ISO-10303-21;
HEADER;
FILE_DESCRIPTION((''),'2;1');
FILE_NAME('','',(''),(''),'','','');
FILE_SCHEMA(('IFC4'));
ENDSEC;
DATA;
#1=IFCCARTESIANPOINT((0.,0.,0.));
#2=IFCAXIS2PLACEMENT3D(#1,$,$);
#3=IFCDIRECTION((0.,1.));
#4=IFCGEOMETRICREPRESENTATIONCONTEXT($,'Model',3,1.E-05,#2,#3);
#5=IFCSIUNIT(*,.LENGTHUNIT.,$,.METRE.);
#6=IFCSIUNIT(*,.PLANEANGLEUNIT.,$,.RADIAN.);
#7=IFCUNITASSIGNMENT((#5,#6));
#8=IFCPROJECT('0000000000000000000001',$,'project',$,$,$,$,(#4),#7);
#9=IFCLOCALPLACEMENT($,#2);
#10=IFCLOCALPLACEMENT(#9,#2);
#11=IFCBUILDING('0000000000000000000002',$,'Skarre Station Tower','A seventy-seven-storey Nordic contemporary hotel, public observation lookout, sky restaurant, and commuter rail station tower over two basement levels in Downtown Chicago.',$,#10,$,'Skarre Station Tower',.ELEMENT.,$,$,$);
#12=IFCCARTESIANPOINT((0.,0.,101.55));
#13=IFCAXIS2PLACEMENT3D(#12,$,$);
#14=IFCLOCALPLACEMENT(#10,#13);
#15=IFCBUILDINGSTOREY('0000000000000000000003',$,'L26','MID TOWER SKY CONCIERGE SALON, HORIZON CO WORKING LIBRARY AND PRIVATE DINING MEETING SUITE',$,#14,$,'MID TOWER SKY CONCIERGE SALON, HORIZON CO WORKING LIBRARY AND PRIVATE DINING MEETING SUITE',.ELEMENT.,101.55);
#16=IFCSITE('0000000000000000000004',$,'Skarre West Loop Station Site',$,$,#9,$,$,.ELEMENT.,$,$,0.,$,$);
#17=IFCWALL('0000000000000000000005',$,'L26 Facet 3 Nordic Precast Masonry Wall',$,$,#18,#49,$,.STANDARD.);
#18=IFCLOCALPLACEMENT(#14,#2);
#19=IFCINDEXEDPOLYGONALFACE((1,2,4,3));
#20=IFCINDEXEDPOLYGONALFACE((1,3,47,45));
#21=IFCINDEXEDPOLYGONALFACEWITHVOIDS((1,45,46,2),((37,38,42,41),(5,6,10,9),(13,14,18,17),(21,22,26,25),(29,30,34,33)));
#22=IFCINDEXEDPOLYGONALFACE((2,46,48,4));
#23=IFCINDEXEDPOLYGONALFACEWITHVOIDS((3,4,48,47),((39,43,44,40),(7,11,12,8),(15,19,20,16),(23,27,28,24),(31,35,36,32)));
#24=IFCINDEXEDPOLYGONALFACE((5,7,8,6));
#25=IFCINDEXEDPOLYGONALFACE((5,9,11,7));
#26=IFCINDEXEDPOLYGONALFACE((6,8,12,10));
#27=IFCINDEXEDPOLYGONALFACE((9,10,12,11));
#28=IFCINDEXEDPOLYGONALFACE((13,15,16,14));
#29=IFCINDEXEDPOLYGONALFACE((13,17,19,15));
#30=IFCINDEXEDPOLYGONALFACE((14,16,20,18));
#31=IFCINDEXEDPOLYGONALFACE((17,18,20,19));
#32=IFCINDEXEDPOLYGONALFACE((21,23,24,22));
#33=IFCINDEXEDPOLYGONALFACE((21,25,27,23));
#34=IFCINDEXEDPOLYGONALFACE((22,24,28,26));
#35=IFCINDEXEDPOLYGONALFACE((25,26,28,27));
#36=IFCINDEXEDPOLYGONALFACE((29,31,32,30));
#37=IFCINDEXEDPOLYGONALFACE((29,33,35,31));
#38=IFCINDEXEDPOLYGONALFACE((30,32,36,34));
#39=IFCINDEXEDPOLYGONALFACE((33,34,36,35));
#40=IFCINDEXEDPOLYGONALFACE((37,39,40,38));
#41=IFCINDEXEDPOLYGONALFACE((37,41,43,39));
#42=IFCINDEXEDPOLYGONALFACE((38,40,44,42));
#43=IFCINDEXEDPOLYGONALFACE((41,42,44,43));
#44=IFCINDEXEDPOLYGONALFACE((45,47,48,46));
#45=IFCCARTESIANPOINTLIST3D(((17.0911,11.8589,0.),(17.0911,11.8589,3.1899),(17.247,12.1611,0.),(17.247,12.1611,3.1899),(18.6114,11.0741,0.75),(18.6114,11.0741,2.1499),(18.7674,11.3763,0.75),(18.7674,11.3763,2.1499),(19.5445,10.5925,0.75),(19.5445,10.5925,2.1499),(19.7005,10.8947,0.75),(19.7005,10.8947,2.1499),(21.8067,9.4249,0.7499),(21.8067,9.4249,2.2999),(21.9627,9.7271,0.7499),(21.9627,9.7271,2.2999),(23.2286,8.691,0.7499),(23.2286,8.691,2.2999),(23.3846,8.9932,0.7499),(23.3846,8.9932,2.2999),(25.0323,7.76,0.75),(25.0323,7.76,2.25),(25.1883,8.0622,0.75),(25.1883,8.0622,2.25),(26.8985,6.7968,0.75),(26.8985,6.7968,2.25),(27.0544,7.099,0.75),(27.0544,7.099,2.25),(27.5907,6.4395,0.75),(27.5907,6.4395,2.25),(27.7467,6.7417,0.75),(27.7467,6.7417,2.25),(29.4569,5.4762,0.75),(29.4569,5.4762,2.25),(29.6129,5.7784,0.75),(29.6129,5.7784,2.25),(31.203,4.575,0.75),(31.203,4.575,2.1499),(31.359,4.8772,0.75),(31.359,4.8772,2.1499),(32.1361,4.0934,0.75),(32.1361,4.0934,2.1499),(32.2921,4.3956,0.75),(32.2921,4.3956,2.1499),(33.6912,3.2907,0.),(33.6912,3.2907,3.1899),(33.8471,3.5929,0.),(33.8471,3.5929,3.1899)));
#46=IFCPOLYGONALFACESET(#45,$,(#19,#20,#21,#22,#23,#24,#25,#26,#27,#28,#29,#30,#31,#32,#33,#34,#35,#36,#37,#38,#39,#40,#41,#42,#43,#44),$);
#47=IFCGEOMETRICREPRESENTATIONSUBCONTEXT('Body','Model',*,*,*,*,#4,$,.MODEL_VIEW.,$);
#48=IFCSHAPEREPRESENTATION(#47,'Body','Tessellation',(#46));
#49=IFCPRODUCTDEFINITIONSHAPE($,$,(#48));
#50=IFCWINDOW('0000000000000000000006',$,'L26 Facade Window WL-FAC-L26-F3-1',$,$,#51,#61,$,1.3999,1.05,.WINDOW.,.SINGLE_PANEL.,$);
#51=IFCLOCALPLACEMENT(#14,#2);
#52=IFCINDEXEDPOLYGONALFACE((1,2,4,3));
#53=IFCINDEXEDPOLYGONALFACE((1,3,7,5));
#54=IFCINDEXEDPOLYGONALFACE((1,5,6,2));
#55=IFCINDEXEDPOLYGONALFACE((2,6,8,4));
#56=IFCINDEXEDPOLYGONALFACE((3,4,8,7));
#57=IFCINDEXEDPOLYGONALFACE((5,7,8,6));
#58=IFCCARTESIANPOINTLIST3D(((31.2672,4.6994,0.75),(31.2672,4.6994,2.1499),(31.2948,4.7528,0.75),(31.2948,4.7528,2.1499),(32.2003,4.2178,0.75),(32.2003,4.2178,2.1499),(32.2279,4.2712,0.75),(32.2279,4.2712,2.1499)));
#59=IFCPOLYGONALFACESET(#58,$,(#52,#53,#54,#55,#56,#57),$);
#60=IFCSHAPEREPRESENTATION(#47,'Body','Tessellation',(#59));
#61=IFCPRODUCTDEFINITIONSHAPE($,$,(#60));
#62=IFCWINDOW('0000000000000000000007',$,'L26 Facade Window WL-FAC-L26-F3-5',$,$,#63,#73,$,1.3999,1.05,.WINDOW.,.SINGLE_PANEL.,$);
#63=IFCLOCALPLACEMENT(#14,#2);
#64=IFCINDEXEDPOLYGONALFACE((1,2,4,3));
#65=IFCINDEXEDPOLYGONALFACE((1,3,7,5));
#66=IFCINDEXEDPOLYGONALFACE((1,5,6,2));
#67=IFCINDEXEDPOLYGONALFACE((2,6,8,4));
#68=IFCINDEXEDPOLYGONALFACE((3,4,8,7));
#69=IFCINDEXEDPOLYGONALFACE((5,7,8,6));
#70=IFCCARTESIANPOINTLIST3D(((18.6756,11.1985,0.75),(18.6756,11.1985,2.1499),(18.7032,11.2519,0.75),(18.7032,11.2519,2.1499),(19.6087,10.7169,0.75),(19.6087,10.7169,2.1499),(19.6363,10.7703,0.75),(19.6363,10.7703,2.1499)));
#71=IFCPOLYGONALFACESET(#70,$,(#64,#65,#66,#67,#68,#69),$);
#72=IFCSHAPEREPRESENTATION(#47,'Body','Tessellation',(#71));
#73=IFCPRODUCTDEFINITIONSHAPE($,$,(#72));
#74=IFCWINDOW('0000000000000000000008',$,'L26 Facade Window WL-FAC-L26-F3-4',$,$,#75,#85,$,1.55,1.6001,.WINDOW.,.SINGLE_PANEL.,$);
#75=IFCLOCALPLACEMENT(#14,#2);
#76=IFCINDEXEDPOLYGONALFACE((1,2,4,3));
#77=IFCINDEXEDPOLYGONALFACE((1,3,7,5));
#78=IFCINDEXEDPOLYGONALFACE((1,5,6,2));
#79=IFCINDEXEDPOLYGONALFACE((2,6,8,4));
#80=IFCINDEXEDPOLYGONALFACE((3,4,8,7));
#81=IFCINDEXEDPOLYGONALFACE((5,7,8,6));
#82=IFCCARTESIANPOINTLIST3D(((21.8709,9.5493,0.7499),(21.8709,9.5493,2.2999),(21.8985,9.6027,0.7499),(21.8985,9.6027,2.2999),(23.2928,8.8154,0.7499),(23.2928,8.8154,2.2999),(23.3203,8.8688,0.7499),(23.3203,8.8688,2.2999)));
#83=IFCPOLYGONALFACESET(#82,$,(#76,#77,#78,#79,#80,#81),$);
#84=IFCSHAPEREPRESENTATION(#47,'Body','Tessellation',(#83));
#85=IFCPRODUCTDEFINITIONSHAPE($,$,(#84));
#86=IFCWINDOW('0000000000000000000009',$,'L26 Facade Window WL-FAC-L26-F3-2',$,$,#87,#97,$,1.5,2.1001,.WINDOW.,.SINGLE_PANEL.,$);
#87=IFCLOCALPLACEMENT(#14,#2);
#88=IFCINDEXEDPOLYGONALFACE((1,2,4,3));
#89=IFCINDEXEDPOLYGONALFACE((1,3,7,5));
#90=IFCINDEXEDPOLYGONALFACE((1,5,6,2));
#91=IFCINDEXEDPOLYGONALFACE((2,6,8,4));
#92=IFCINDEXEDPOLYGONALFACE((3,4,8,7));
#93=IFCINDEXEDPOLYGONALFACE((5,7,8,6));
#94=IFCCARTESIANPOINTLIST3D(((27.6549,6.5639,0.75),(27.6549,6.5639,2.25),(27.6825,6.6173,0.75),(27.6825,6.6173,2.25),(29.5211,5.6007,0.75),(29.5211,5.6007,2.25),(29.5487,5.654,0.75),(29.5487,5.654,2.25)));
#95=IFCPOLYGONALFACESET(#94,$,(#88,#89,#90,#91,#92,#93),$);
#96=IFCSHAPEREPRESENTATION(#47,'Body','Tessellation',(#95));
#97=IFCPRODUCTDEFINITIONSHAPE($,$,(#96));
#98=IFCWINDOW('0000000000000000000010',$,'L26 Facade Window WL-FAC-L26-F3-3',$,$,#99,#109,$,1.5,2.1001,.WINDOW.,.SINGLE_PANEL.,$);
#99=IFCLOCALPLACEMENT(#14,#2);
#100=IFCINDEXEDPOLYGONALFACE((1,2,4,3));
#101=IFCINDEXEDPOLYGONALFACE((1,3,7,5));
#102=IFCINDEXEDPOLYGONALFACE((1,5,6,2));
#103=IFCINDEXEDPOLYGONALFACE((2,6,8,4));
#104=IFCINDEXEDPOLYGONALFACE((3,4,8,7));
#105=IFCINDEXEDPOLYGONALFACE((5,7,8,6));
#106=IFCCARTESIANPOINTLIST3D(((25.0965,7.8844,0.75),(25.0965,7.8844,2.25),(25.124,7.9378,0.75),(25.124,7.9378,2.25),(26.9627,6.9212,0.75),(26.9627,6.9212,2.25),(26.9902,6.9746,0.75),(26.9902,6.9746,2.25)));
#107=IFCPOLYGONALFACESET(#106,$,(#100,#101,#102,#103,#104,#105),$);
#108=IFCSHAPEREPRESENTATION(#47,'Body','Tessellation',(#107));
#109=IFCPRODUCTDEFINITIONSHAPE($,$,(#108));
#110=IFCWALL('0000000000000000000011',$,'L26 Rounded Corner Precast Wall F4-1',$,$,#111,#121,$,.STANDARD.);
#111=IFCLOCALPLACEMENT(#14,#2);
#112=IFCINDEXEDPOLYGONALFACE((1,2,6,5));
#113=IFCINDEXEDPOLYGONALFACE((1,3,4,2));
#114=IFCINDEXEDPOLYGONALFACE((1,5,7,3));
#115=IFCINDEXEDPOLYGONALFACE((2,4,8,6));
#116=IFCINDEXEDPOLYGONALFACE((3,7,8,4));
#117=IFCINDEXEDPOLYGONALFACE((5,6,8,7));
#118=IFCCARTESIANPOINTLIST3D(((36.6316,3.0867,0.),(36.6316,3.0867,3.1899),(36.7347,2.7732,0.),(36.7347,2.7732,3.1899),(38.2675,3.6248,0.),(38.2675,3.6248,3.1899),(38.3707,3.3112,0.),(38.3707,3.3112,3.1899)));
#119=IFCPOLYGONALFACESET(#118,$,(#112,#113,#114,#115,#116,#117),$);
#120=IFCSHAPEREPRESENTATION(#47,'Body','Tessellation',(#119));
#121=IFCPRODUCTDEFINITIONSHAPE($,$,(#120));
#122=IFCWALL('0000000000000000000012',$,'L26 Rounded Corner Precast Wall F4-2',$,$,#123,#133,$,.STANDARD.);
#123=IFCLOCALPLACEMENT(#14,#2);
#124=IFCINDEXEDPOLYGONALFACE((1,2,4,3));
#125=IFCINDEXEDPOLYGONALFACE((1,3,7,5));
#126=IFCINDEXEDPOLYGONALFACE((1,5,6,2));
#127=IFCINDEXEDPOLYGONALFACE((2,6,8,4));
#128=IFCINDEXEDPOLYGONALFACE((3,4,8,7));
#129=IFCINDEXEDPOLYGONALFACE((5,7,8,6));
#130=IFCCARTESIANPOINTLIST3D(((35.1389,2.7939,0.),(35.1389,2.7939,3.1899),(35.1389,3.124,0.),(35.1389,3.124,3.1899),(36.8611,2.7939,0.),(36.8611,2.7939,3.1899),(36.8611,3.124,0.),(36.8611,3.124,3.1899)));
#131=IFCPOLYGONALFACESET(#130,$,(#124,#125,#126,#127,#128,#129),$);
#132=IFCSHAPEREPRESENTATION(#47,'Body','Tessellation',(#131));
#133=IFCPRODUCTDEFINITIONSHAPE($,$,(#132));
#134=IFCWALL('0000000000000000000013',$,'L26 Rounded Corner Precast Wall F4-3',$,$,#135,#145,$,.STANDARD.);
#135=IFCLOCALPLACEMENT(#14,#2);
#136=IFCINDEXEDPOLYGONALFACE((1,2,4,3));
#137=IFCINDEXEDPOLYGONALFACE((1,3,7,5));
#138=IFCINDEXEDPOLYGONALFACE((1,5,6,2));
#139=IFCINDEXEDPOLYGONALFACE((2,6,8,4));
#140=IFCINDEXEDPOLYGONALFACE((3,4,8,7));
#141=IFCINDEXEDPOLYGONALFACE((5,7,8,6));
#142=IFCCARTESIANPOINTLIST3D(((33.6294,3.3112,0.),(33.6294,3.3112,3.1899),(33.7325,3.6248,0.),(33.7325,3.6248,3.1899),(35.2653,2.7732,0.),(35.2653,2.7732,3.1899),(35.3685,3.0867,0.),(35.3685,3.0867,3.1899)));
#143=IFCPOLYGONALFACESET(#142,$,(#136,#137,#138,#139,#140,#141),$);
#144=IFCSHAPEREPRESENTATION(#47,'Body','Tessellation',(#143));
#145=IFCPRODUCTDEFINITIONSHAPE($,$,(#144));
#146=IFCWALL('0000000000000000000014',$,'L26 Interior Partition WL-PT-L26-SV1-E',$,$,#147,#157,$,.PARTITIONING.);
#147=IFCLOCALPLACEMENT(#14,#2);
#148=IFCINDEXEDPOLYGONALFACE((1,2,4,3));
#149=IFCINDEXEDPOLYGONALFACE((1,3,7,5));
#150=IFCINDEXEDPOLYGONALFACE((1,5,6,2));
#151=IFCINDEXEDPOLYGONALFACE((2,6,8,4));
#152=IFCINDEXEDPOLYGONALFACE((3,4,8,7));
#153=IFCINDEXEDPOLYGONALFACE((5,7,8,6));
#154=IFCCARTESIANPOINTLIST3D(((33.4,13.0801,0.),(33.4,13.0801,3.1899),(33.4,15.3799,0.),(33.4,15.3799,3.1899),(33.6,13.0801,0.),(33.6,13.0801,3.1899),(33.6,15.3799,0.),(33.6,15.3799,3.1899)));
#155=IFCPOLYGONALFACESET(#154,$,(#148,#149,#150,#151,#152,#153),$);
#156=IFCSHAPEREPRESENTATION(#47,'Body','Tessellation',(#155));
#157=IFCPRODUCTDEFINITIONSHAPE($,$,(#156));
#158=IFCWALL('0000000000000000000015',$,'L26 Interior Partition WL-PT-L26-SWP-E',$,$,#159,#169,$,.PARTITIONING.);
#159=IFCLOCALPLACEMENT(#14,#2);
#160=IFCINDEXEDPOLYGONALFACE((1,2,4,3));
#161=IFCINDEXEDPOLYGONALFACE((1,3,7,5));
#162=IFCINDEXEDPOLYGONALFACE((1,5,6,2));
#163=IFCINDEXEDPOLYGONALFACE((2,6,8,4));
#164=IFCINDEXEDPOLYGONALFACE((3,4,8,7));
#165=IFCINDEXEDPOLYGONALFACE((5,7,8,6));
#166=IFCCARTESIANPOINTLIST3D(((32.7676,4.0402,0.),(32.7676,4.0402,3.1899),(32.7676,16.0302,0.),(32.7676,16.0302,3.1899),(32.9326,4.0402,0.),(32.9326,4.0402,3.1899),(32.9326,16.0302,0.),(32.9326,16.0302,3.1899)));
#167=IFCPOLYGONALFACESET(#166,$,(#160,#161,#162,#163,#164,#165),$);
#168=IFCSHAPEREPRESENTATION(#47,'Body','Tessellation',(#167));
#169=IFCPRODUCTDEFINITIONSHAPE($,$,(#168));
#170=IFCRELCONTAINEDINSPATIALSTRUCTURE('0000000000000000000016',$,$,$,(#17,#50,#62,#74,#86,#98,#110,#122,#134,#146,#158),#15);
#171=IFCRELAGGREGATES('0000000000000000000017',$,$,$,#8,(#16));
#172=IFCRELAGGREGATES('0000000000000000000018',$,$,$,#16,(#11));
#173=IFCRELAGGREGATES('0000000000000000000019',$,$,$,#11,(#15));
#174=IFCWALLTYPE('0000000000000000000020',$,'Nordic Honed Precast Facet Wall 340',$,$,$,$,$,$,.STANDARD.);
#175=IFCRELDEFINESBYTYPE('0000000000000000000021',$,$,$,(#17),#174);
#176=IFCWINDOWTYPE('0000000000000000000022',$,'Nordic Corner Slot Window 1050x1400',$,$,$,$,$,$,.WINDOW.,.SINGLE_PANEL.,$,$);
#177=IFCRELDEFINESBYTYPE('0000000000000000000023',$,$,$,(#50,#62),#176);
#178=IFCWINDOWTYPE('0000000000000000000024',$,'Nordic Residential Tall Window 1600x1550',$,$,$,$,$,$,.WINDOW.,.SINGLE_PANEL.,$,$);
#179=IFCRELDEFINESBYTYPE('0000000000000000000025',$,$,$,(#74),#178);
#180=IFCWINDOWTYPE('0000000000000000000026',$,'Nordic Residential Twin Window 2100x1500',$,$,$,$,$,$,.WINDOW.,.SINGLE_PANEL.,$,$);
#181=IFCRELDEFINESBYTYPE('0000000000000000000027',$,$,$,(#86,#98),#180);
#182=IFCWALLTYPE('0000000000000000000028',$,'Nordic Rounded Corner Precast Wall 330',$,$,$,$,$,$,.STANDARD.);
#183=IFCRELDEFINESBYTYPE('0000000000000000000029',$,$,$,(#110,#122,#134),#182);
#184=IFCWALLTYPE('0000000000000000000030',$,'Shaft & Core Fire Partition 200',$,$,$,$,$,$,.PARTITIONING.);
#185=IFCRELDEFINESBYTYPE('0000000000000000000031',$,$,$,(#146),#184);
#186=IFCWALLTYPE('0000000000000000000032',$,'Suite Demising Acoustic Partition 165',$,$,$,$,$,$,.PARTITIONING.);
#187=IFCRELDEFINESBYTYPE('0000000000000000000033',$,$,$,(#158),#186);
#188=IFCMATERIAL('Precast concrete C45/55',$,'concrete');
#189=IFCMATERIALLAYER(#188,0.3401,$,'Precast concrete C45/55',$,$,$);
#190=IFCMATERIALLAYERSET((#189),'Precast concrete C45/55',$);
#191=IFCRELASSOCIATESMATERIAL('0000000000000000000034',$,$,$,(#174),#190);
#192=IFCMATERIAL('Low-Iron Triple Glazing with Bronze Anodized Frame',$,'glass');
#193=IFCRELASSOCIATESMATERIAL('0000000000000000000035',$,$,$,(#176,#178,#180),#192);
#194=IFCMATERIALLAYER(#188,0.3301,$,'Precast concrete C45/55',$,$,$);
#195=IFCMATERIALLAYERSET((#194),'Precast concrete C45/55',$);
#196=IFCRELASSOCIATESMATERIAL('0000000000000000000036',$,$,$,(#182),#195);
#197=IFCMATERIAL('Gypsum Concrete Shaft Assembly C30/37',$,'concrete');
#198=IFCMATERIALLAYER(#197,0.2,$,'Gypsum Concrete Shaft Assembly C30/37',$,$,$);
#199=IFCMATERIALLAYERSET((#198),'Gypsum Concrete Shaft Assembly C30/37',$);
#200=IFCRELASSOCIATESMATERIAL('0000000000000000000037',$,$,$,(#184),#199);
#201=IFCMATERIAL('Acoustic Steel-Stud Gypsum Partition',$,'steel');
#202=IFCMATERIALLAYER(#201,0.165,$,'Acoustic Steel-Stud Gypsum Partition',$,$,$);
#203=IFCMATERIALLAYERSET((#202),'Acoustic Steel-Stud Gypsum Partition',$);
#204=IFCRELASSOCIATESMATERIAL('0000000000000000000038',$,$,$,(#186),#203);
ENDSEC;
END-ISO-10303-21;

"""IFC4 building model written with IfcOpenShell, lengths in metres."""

from ifc_helpers import new_model, si_unit, direction, frame, frame_2d, origin, place, context, subcontext, project, spatial, rectangle, extrude, material, layer, layer_set, type_object, element, fill, save


model = new_model("IFC4")

# Units and contexts
model_context = context("Model", 3, precision=1e-05, world=origin(), true_north=direction((0.0, 1.0)))
body_context = subcontext(model_context, "Body", "Model", "MODEL_VIEW")
ifc_project = project(units=[si_unit("LENGTHUNIT", "METRE"), si_unit("PLANEANGLEUNIT", "RADIAN")], contexts=[model_context])

# Site, building, storey
site_placement = place(None, origin())
site = spatial("IfcSite", under=ifc_project, at=site_placement, Name="Skarre West Loop Station Site", CompositionType="ELEMENT", RefElevation=0.0)
building_placement = place(site_placement, origin())
building = spatial("IfcBuilding", under=site, at=building_placement, Name="Skarre Station Tower", Description="A seventy-seven-storey Nordic contemporary hotel, public observation lookout, sky restaurant, and commuter rail station tower over two basement levels in Downtown Chicago.", LongName="Skarre Station Tower", CompositionType="ELEMENT")
storey_placement = place(building_placement, frame((0.0, 0.0, 101.55)))
storey = spatial("IfcBuildingStorey", under=building, at=storey_placement, Name="L26", Description="MID TOWER SKY CONCIERGE SALON, HORIZON CO WORKING LIBRARY AND PRIVATE DINING MEETING SUITE", LongName="MID TOWER SKY CONCIERGE SALON, HORIZON CO WORKING LIBRARY AND PRIVATE DINING MEETING SUITE", CompositionType="ELEMENT", Elevation=101.55)

# Wall, openings, windows
ifc_material_1 = material(Name="Precast concrete C45/55", Category="concrete")
ifc_layer_1 = layer(ifc_material_1, 0.3401, Name="Precast concrete C45/55")
ifc_layer_set_1 = layer_set([ifc_layer_1], Name="Precast concrete C45/55")
wall_type_1 = type_object("IfcWallType", Name="Nordic Honed Precast Facet Wall 340", PredefinedType="STANDARD", material=ifc_layer_set_1)
wall_1_placement = place(storey_placement, frame((33.769, 3.4419, 0.0), z_axis=(0.0, 0.0, 1.0), x_axis=(-0.888614, 0.458657, 0.0)))
wall_1 = element("IfcWall", 1, at=wall_1_placement, inside=storey, type_object=wall_type_1, Name="L26 Facet 3 Nordic Precast Masonry Wall", PredefinedType="STANDARD", context=body_context, shape_type="SweptSolid", body=[
    extrude(rectangle(XDim=18.6809, YDim=0.3401, at=frame_2d((9.3403, 0.0))), origin(), (0.0, 0.0, 1.0), 3.1899),
])
opening_1_placement = place(wall_1_placement, frame((1.75, 0.0, 0.75)))
opening_1 = element("IfcOpeningElement", 2, at=opening_1_placement, cuts=wall_1, PredefinedType="OPENING", context=body_context, shape_type="SweptSolid", body=[
    extrude(rectangle(XDim=1.05, YDim=1.3999, at=frame_2d((0.5249, 0.7))), frame((0.0, 0.1799, 0.0), z_axis=(0.0, -1.0, 0.0), x_axis=(1.0, 0.0, 0.0)), (0.0, 0.0, 1.0), 0.3601),
])
opening_2_placement = place(wall_1_placement, frame((4.7649, 0.0, 0.75)))
opening_2 = element("IfcOpeningElement", 3, at=opening_2_placement, cuts=wall_1, PredefinedType="OPENING", context=body_context, shape_type="SweptSolid", body=[
    extrude(rectangle(XDim=2.1001, YDim=1.5, at=frame_2d((1.05, 0.75))), frame((0.0, 0.1799, 0.0), z_axis=(0.0, -1.0, 0.0), x_axis=(1.0, 0.0, 0.0)), (0.0, 0.0, 1.0), 0.3601),
])
opening_3_placement = place(wall_1_placement, frame((7.644, 0.0, 0.75)))
opening_3 = element("IfcOpeningElement", 4, at=opening_3_placement, cuts=wall_1, PredefinedType="OPENING", context=body_context, shape_type="SweptSolid", body=[
    extrude(rectangle(XDim=2.1001, YDim=1.5, at=frame_2d((1.05, 0.75))), frame((0.0, 0.1799, 0.0), z_axis=(0.0, -1.0, 0.0), x_axis=(1.0, 0.0, 0.0)), (0.0, 0.0, 1.0), 0.3601),
])
opening_4_placement = place(wall_1_placement, frame((11.7739, 0.0, 0.75)))
opening_4 = element("IfcOpeningElement", 5, at=opening_4_placement, cuts=wall_1, PredefinedType="OPENING", context=body_context, shape_type="SweptSolid", body=[
    extrude(rectangle(XDim=1.6001, YDim=1.55, at=frame_2d((0.8, 0.7749))), frame((0.0, 0.1799, 0.0), z_axis=(0.0, -1.0, 0.0), x_axis=(1.0, 0.0, 0.0)), (0.0, 0.0, 1.0), 0.3601),
])
opening_5_placement = place(wall_1_placement, frame((15.9199, 0.0, 0.75)))
opening_5 = element("IfcOpeningElement", 6, at=opening_5_placement, cuts=wall_1, PredefinedType="OPENING", context=body_context, shape_type="SweptSolid", body=[
    extrude(rectangle(XDim=1.05, YDim=1.3999, at=frame_2d((0.5249, 0.7))), frame((0.0, 0.1799, 0.0), z_axis=(0.0, -1.0, 0.0), x_axis=(1.0, 0.0, 0.0)), (0.0, 0.0, 1.0), 0.3601),
])
ifc_material_2 = material(Name="Low-Iron Triple Glazing with Bronze Anodized Frame", Category="glass")
window_type_1 = type_object("IfcWindowType", Name="Nordic Corner Slot Window 1050x1400", PartitioningType="SINGLE_PANEL", PredefinedType="WINDOW", material=ifc_material_2)
window_1_placement = place(opening_1_placement, origin())
window_1 = element("IfcWindow", 7, at=window_1_placement, inside=storey, type_object=window_type_1, Name="L26 Facade Window WL-FAC-L26-F3-1", OverallHeight=1.3999, OverallWidth=1.05, PartitioningType="SINGLE_PANEL", PredefinedType="WINDOW", context=body_context, shape_type="SweptSolid", body=[
    extrude(rectangle(XDim=1.05, YDim=1.3999, at=frame_2d((0.5249, 0.7))), frame((0.0, 0.03, 0.0), z_axis=(0.0, -1.0, 0.0), x_axis=(1.0, 0.0, 0.0)), (0.0, 0.0, 1.0), 0.0601),
])
fill(opening_1, window_1)
window_2_placement = place(opening_5_placement, origin())
window_2 = element("IfcWindow", 8, at=window_2_placement, inside=storey, type_object=window_type_1, Name="L26 Facade Window WL-FAC-L26-F3-5", OverallHeight=1.3999, OverallWidth=1.05, PartitioningType="SINGLE_PANEL", PredefinedType="WINDOW", context=body_context, shape_type="SweptSolid", body=[
    extrude(rectangle(XDim=1.05, YDim=1.3999, at=frame_2d((0.5249, 0.7))), frame((0.0, 0.03, 0.0), z_axis=(0.0, -1.0, 0.0), x_axis=(1.0, 0.0, 0.0)), (0.0, 0.0, 1.0), 0.0601),
])
fill(opening_5, window_2)
window_type_2 = type_object("IfcWindowType", Name="Nordic Residential Tall Window 1600x1550", PartitioningType="SINGLE_PANEL", PredefinedType="WINDOW", material=ifc_material_2)
window_3_placement = place(opening_4_placement, origin())
window_3 = element("IfcWindow", 9, at=window_3_placement, inside=storey, type_object=window_type_2, Name="L26 Facade Window WL-FAC-L26-F3-4", OverallHeight=1.55, OverallWidth=1.6001, PartitioningType="SINGLE_PANEL", PredefinedType="WINDOW", context=body_context, shape_type="SweptSolid", body=[
    extrude(rectangle(XDim=1.6001, YDim=1.55, at=frame_2d((0.8, 0.7749))), frame((0.0, 0.03, 0.0), z_axis=(0.0, -1.0, 0.0), x_axis=(1.0, 0.0, 0.0)), (0.0, 0.0, 1.0), 0.0601),
])
fill(opening_4, window_3)
window_type_3 = type_object("IfcWindowType", Name="Nordic Residential Twin Window 2100x1500", PartitioningType="SINGLE_PANEL", PredefinedType="WINDOW", material=ifc_material_2)
window_4_placement = place(opening_2_placement, origin())
window_4 = element("IfcWindow", 10, at=window_4_placement, inside=storey, type_object=window_type_3, Name="L26 Facade Window WL-FAC-L26-F3-2", OverallHeight=1.5, OverallWidth=2.1001, PartitioningType="SINGLE_PANEL", PredefinedType="WINDOW", context=body_context, shape_type="SweptSolid", body=[
    extrude(rectangle(XDim=2.1001, YDim=1.5, at=frame_2d((1.05, 0.75))), frame((0.0, 0.03, 0.0), z_axis=(0.0, -1.0, 0.0), x_axis=(1.0, 0.0, 0.0)), (0.0, 0.0, 1.0), 0.0601),
])
fill(opening_2, window_4)
window_5_placement = place(opening_3_placement, origin())
window_5 = element("IfcWindow", 11, at=window_5_placement, inside=storey, type_object=window_type_3, Name="L26 Facade Window WL-FAC-L26-F3-3", OverallHeight=1.5, OverallWidth=2.1001, PartitioningType="SINGLE_PANEL", PredefinedType="WINDOW", context=body_context, shape_type="SweptSolid", body=[
    extrude(rectangle(XDim=2.1001, YDim=1.5, at=frame_2d((1.05, 0.75))), frame((0.0, 0.03, 0.0), z_axis=(0.0, -1.0, 0.0), x_axis=(1.0, 0.0, 0.0)), (0.0, 0.0, 1.0), 0.0601),
])
fill(opening_3, window_5)

# Walls
ifc_layer_2 = layer(ifc_material_1, 0.3301, Name="Precast concrete C45/55")
ifc_layer_set_2 = layer_set([ifc_layer_2], Name="Precast concrete C45/55")
wall_type_2 = type_object("IfcWallType", Name="Nordic Rounded Corner Precast Wall 330", PredefinedType="STANDARD", material=ifc_layer_set_2)
for number, where, z_axis, x_axis, name in (
    (12, (38.3191, 3.468, 0.0), (0.0, 0.0, 1.0), (-0.949937, -0.31244, 0.0), "L26 Rounded Corner Precast Wall F4-1"),
    (13, (36.8611, 2.959, 0.0), (0.0, 0.0, 1.0), (-1.0, 0.0, 0.0), "L26 Rounded Corner Precast Wall F4-2"),
    (14, (35.3169, 2.9299, 0.0), (0.0, 0.0, 1.0), (-0.949937, 0.31244, 0.0), "L26 Rounded Corner Precast Wall F4-3"),
):
    element("IfcWall", number, at=place(storey_placement, frame(where, z_axis=z_axis, x_axis=x_axis)), inside=storey, type_object=wall_type_2, Name=name, PredefinedType="STANDARD", context=body_context, shape_type="SweptSolid", body=[
        extrude(rectangle(XDim=1.7222, YDim=0.3301, at=frame_2d((0.8611, 0.0))), origin(), (0.0, 0.0, 1.0), 3.1899),
    ])
ifc_material_3 = material(Name="Gypsum Concrete Shaft Assembly C30/37", Category="concrete")
ifc_layer_3 = layer(ifc_material_3, 0.2, Name="Gypsum Concrete Shaft Assembly C30/37")
ifc_layer_set_3 = layer_set([ifc_layer_3], Name="Gypsum Concrete Shaft Assembly C30/37")
wall_type_3 = type_object("IfcWallType", Name="Shaft & Core Fire Partition 200", PredefinedType="PARTITIONING", material=ifc_layer_set_3)
wall_2_placement = place(storey_placement, frame((33.5, 13.0801, 0.0), z_axis=(0.0, 0.0, 1.0), x_axis=(0.0, 1.0, 0.0)))
element("IfcWall", 15, at=wall_2_placement, inside=storey, type_object=wall_type_3, Name="L26 Interior Partition WL-PT-L26-SV1-E", PredefinedType="PARTITIONING", context=body_context, shape_type="SweptSolid", body=[
    extrude(rectangle(XDim=2.2998, YDim=0.2, at=frame_2d((1.1499, 0.0))), origin(), (0.0, 0.0, 1.0), 3.1899),
])
ifc_material_4 = material(Name="Acoustic Steel-Stud Gypsum Partition", Category="steel")
ifc_layer_4 = layer(ifc_material_4, 0.165, Name="Acoustic Steel-Stud Gypsum Partition")
ifc_layer_set_4 = layer_set([ifc_layer_4], Name="Acoustic Steel-Stud Gypsum Partition")
wall_type_4 = type_object("IfcWallType", Name="Suite Demising Acoustic Partition 165", PredefinedType="PARTITIONING", material=ifc_layer_set_4)
wall_3_placement = place(storey_placement, frame((32.8501, 4.04, 0.0), z_axis=(0.0, 0.0, 1.0), x_axis=(0.0, 1.0, 0.0)))
element("IfcWall", 16, at=wall_3_placement, inside=storey, type_object=wall_type_4, Name="L26 Interior Partition WL-PT-L26-SWP-E", PredefinedType="PARTITIONING", context=body_context, shape_type="SweptSolid", body=[
    extrude(rectangle(XDim=11.99, YDim=0.165, at=frame_2d((5.9951, 0.0))), origin(), (0.0, 0.0, 1.0), 3.1899),
])

save(model, "model.ifc")
